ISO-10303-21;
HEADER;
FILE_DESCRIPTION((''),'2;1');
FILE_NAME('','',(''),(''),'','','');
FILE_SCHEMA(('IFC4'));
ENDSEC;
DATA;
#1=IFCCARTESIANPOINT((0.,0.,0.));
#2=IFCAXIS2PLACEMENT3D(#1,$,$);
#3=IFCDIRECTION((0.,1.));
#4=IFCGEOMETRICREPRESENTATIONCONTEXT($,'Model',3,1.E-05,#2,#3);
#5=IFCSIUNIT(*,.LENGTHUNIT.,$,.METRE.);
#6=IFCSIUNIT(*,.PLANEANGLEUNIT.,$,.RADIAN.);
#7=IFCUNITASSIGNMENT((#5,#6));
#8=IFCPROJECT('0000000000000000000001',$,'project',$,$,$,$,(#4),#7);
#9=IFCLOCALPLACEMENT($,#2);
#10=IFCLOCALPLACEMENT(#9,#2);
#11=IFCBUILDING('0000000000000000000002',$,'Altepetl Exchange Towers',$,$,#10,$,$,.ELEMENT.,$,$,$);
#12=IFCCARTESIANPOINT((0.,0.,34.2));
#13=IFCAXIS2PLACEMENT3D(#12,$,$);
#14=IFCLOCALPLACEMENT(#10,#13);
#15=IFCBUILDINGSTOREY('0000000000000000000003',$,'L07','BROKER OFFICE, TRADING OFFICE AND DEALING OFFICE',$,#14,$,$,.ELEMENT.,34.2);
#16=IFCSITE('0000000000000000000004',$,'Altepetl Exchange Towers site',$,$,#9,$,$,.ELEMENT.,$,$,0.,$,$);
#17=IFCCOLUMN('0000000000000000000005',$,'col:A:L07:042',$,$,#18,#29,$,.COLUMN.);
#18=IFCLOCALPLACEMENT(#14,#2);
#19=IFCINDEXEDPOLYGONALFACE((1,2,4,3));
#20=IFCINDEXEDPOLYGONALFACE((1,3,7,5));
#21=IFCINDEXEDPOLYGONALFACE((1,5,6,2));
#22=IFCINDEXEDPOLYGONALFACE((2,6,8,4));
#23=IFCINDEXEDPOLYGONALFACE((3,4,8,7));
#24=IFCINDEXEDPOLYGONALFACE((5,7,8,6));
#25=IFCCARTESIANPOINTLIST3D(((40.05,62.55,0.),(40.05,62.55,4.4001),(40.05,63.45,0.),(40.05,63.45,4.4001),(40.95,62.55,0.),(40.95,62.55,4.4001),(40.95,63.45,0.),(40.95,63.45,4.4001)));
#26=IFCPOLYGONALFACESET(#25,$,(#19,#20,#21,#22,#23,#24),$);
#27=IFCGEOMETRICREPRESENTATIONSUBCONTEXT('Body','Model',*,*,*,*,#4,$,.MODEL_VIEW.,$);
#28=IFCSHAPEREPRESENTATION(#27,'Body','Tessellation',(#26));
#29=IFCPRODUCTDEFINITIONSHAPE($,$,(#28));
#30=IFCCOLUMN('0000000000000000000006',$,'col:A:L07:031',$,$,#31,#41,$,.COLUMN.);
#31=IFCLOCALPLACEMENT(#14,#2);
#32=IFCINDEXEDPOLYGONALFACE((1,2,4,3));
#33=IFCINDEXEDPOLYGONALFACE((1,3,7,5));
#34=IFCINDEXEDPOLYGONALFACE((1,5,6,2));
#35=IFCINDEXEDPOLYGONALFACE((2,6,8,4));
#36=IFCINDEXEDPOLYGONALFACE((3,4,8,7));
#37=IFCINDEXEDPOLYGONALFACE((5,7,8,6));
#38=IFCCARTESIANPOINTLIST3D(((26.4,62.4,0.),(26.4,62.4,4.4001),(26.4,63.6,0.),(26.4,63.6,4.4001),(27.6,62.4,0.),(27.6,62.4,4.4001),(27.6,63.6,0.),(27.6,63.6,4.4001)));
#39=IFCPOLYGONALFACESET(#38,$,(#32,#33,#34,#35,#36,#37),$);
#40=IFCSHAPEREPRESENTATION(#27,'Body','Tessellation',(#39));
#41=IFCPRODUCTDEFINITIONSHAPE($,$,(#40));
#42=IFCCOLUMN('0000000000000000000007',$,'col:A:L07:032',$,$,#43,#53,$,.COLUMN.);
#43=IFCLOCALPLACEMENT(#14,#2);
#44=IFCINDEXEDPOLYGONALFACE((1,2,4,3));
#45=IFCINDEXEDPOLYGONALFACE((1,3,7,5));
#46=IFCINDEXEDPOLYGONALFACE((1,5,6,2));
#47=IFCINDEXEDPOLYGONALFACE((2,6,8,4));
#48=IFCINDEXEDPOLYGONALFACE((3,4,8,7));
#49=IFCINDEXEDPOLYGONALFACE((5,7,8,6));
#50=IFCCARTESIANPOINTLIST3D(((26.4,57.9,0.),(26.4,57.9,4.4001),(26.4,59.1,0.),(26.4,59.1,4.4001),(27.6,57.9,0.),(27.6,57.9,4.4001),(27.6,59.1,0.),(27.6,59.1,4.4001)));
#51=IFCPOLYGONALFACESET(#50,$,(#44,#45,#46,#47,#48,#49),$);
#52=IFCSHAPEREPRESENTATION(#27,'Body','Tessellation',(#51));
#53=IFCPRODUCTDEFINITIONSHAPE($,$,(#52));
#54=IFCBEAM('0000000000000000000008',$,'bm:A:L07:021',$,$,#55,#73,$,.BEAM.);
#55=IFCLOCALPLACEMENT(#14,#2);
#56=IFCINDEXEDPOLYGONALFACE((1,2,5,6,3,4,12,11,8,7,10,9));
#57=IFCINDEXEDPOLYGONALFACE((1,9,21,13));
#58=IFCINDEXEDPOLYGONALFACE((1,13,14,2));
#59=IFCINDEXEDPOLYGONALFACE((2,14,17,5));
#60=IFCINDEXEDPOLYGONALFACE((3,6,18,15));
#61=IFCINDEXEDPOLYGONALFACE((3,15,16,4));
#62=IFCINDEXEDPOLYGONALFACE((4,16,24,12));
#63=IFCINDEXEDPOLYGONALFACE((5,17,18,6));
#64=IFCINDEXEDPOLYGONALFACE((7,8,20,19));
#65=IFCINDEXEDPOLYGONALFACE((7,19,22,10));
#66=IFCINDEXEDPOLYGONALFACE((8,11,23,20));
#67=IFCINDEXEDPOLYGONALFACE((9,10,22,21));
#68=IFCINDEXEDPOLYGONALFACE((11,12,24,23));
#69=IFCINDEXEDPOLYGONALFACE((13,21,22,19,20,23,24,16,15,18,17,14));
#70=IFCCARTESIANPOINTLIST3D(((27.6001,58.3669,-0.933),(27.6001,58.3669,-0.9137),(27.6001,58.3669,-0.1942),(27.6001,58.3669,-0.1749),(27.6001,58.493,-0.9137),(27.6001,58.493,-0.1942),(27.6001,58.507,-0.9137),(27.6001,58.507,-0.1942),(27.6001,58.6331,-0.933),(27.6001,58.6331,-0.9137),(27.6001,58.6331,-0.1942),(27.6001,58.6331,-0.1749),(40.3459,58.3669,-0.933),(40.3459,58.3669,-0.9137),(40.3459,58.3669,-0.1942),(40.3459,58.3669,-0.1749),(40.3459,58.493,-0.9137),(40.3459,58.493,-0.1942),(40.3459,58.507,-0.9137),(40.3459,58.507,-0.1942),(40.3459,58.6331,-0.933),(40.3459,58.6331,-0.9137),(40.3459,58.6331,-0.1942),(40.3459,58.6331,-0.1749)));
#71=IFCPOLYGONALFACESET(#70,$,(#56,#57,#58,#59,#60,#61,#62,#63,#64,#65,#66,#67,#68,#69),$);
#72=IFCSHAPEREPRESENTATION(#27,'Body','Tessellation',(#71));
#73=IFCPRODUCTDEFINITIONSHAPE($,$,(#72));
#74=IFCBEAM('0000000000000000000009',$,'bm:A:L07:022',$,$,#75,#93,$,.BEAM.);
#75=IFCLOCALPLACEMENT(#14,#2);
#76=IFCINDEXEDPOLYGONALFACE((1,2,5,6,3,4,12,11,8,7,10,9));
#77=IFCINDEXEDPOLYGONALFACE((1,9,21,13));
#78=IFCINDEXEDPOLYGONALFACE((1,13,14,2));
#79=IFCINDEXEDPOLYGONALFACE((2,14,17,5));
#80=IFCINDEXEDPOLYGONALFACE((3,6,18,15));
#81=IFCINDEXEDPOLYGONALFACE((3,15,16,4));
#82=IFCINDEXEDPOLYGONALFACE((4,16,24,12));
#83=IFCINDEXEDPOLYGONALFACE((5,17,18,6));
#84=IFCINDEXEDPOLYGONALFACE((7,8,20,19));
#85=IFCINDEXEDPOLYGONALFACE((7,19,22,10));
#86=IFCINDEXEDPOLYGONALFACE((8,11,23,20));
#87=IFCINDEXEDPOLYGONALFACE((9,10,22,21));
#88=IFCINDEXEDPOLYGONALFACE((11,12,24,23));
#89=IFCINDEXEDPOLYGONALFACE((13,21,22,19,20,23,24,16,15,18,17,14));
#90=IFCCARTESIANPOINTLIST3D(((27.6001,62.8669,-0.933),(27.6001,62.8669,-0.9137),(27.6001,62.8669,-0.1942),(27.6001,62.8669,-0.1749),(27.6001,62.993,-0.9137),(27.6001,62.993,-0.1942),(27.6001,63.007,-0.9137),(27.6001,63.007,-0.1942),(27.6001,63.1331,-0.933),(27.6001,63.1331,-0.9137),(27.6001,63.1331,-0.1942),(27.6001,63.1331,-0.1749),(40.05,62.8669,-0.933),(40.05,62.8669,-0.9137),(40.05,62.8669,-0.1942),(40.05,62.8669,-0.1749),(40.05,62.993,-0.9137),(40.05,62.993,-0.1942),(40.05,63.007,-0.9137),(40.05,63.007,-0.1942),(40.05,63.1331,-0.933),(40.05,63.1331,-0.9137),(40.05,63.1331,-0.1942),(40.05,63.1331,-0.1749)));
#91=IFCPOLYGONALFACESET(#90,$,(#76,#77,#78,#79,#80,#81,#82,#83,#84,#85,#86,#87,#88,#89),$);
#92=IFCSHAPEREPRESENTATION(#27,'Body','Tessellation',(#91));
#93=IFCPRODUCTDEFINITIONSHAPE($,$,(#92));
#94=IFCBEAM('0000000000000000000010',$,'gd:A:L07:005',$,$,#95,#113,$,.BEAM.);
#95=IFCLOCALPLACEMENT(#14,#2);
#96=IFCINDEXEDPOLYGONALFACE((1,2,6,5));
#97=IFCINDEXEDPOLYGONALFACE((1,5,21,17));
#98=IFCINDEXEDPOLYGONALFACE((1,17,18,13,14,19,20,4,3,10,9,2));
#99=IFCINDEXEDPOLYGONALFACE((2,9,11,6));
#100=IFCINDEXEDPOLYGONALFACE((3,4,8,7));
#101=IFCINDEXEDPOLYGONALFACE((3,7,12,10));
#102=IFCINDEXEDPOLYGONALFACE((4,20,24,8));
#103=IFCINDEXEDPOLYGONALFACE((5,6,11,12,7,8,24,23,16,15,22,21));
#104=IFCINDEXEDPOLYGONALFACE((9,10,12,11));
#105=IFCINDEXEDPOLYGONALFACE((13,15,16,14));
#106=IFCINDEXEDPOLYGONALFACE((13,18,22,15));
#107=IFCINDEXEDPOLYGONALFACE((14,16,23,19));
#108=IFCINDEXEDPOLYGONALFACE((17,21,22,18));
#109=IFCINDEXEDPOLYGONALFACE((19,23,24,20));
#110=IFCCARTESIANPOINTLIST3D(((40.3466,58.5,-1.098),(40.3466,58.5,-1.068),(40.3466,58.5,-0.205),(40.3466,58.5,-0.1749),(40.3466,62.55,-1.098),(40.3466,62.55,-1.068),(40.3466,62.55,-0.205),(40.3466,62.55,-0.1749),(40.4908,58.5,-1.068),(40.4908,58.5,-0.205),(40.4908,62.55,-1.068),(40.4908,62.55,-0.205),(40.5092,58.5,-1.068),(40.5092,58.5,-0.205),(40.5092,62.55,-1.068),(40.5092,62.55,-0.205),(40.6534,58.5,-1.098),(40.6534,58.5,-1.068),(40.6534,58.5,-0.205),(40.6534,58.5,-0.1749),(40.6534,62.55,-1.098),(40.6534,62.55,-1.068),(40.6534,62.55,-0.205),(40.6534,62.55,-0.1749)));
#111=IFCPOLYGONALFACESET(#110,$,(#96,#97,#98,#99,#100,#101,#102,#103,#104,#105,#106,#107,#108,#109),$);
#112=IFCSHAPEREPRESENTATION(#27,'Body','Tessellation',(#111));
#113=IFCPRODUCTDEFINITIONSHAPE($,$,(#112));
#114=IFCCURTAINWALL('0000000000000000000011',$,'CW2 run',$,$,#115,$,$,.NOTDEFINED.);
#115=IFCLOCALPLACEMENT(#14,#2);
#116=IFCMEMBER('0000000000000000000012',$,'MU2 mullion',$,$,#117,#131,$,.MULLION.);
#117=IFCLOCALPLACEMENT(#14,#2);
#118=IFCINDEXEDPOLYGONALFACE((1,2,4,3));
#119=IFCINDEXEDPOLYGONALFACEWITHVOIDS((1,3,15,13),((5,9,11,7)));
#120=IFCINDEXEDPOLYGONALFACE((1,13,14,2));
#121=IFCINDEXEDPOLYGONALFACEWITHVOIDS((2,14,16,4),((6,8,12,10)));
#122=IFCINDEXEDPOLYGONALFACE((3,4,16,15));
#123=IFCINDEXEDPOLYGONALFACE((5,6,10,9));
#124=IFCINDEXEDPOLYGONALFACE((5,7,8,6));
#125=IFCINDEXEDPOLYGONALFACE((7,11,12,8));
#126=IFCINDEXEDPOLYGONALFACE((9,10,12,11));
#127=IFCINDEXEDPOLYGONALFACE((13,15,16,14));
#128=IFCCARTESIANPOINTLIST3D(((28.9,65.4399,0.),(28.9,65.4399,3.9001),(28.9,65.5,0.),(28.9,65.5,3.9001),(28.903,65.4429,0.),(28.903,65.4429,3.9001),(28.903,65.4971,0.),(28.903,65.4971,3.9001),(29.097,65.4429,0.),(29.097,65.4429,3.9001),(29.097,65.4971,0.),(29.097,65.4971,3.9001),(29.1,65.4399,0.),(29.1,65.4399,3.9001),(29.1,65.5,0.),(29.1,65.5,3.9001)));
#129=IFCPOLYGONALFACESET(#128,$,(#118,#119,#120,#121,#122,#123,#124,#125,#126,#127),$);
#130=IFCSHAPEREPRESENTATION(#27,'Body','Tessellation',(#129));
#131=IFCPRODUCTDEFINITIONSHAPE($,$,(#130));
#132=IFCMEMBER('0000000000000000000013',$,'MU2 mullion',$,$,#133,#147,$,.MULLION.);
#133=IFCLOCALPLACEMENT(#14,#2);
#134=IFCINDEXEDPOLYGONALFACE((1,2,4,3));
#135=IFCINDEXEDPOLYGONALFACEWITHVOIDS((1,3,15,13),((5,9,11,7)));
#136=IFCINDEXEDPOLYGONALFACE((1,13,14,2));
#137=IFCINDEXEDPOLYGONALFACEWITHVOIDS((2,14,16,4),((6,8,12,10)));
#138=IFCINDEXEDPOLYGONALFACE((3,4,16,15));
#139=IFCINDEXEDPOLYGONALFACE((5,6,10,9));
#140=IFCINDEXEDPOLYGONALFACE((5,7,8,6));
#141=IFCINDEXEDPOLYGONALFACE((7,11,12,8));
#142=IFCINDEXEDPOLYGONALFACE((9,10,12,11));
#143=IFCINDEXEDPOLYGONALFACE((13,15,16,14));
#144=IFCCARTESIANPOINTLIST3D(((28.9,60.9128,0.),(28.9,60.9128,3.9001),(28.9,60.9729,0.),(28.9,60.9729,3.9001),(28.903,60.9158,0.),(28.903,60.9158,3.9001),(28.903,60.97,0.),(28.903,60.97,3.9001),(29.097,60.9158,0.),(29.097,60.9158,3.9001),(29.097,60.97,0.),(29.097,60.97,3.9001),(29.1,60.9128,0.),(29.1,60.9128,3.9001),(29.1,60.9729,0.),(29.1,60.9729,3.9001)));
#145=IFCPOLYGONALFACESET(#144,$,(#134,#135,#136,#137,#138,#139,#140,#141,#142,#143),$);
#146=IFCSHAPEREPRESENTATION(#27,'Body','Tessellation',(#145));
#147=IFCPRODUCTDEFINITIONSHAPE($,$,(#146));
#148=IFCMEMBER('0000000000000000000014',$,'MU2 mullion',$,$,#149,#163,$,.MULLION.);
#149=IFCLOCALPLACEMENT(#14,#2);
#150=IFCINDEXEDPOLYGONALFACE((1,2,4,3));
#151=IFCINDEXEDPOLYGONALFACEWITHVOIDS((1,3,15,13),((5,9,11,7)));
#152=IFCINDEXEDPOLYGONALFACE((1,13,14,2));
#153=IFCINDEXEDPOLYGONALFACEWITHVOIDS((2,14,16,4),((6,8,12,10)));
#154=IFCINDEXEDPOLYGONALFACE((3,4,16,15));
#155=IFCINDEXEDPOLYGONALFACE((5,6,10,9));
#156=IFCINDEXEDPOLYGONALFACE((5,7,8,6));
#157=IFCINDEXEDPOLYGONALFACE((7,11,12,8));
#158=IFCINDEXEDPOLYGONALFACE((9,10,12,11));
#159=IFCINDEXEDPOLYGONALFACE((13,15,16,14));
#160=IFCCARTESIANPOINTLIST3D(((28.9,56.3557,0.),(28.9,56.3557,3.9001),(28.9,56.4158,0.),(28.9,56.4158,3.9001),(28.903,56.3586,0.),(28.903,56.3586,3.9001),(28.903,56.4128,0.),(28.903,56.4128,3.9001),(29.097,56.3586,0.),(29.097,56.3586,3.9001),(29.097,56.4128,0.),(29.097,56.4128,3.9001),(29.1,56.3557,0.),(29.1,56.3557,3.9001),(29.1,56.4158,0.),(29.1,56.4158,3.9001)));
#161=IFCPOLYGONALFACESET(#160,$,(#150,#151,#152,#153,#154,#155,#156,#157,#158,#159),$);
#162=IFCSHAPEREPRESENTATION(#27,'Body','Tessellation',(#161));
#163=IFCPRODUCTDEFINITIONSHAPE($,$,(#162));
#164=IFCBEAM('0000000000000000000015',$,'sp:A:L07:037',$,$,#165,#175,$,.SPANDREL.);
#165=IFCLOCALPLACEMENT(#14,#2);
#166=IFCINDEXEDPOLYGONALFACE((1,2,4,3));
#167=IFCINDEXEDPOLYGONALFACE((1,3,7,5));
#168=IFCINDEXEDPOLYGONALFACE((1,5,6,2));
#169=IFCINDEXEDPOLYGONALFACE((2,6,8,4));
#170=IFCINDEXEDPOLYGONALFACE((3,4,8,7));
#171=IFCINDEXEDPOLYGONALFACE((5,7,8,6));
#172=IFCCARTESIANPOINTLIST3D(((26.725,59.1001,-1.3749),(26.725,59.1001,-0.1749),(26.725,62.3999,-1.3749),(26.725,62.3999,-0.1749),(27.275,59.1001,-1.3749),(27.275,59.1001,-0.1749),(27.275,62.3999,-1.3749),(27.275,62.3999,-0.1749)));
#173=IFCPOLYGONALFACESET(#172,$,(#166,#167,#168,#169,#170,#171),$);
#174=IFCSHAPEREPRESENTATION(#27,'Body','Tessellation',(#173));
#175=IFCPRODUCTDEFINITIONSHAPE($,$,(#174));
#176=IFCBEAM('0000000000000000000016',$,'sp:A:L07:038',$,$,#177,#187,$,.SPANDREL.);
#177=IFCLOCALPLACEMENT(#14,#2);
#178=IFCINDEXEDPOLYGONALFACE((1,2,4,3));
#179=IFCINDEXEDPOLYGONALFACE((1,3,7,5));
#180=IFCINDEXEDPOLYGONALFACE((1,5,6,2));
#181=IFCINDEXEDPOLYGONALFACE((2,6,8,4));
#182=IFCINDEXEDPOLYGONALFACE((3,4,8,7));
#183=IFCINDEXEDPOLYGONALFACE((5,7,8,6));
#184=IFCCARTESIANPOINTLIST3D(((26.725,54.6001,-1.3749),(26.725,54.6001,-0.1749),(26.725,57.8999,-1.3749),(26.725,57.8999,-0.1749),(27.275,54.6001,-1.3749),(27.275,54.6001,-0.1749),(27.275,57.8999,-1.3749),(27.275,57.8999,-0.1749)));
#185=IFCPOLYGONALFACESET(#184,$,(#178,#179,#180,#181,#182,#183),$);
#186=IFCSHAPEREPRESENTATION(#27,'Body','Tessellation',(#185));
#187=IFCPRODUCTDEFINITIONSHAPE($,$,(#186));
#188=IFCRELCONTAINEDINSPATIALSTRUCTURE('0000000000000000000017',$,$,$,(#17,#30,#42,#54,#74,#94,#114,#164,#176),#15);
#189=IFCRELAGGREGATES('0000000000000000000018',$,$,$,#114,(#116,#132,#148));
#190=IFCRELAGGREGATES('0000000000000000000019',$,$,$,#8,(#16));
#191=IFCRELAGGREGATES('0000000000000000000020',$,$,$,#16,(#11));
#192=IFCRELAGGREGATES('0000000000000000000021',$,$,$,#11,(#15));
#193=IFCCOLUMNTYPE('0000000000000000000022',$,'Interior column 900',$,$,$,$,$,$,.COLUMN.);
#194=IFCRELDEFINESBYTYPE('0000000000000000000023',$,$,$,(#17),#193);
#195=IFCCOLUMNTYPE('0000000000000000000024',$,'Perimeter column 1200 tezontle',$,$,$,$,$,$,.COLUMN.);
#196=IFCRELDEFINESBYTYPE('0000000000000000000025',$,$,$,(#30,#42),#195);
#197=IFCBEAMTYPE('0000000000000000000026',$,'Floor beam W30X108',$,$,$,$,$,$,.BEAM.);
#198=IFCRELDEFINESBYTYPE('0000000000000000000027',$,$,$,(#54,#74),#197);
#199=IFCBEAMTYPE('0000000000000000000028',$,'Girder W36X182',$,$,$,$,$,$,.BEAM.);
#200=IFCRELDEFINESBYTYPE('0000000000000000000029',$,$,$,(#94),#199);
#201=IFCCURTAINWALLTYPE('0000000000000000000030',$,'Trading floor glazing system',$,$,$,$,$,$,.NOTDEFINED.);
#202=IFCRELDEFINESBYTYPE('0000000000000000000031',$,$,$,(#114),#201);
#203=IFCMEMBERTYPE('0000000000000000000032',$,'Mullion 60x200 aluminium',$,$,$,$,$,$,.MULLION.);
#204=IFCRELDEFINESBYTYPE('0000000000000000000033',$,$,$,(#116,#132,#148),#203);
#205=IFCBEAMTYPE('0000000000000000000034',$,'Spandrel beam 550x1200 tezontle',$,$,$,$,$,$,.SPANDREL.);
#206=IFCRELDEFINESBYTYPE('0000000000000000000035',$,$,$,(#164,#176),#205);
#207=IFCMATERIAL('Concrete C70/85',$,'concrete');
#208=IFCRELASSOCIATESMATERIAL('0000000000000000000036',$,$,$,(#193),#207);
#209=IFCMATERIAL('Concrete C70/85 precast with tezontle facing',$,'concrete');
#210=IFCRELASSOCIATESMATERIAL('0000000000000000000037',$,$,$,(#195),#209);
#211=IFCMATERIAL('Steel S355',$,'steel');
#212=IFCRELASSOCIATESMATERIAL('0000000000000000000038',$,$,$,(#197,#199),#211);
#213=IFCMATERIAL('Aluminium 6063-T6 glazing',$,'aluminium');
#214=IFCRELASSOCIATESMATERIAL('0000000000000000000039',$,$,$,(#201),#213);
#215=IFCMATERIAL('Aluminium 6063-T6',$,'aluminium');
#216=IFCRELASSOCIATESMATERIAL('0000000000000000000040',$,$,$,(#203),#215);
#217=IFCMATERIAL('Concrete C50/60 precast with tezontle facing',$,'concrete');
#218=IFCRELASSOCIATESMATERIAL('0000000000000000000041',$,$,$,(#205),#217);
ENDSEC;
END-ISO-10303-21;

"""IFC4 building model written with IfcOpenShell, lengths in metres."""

from ifc_helpers import new_model, si_unit, direction, frame, origin, origin_2d, place, context, subcontext, project, spatial, rectangle, hollow_rectangle, i_section, extrude, material, material_profile, profile_set, type_object, element, aggregate, save


model = new_model("IFC4")

# Units and contexts
model_context = context("Model", 3, precision=1e-05, world=origin(), true_north=direction((0.0, 1.0)))
body_context = subcontext(model_context, "Body", "Model", "MODEL_VIEW")
ifc_project = project(units=[si_unit("LENGTHUNIT", "METRE"), si_unit("PLANEANGLEUNIT", "RADIAN")], contexts=[model_context])

# Site, building, storey
site_placement = place(None, origin())
site = spatial("IfcSite", under=ifc_project, at=site_placement, Name="Altepetl Exchange Towers site", CompositionType="ELEMENT", RefElevation=0.0)
building_placement = place(site_placement, origin())
building = spatial("IfcBuilding", under=site, at=building_placement, Name="Altepetl Exchange Towers", CompositionType="ELEMENT")
storey_placement = place(building_placement, frame((0.0, 0.0, 34.2)))
storey = spatial("IfcBuildingStorey", under=building, at=storey_placement, Name="L07", Description="BROKER OFFICE, TRADING OFFICE AND DEALING OFFICE", CompositionType="ELEMENT", Elevation=34.2)

# Columns
ifc_material_1 = material(Name="Concrete C70/85", Category="concrete")
ifc_material_profile_1 = material_profile(ifc_material_1, rectangle(XDim=0.8999, YDim=0.8999, at=origin_2d()), Name="900 x 900")
ifc_profile_set_1 = profile_set([ifc_material_profile_1], Name="Concrete C70/85")
column_type_1 = type_object("IfcColumnType", Name="Interior column 900", PredefinedType="COLUMN", material=ifc_profile_set_1)
column_placement = place(storey_placement, frame((40.5, 63.0, 0.0)))
element("IfcColumn", 1, at=column_placement, inside=storey, type_object=column_type_1, Name="col:A:L07:042", PredefinedType="COLUMN", context=body_context, shape_type="SweptSolid", body=[
    extrude(rectangle(XDim=0.8999, YDim=0.8999, at=origin_2d()), origin(), (0.0, 0.0, 1.0), 4.4001),
])
ifc_material_2 = material(Name="Concrete C70/85 precast with tezontle facing", Category="concrete")
ifc_material_profile_2 = material_profile(ifc_material_2, rectangle(XDim=1.2, YDim=1.2, at=origin_2d()), Name="1200 x 1200")
ifc_profile_set_2 = profile_set([ifc_material_profile_2], Name="Concrete C70/85 precast with tezontle facing")
column_type_2 = type_object("IfcColumnType", Name="Perimeter column 1200 tezontle", PredefinedType="COLUMN", material=ifc_profile_set_2)
for number, where, name in (
    (2, (27.0, 63.0, 0.0), "col:A:L07:031"),
    (3, (27.0, 58.5, 0.0), "col:A:L07:032"),
):
    element("IfcColumn", number, at=place(storey_placement, frame(where)), inside=storey, type_object=column_type_2, Name=name, PredefinedType="COLUMN", context=body_context, shape_type="SweptSolid", body=[
        extrude(rectangle(XDim=1.2, YDim=1.2, at=origin_2d()), origin(), (0.0, 0.0, 1.0), 4.4001),
    ])

# Beams
ifc_material_3 = material(Name="Steel S355", Category="steel")
ifc_material_profile_3 = material_profile(ifc_material_3, i_section(OverallWidth=0.2661, OverallDepth=0.7581, WebThickness=0.0139, FlangeThickness=0.0193, at=origin_2d()), Name="W30X108")
ifc_profile_set_3 = profile_set([ifc_material_profile_3], Name="Steel S355")
beam_type_1 = type_object("IfcBeamType", Name="Floor beam W30X108", PredefinedType="BEAM", material=ifc_profile_set_3)
beam_1_placement = place(storey_placement, frame((27.6001, 58.5, -0.554), z_axis=(1.0, 0.0, 0.0), x_axis=(0.0, 1.0, 0.0)))
element("IfcBeam", 4, at=beam_1_placement, inside=storey, type_object=beam_type_1, Name="bm:A:L07:021", PredefinedType="BEAM", context=body_context, shape_type="SweptSolid", body=[
    extrude(i_section(OverallWidth=0.2661, OverallDepth=0.7581, WebThickness=0.0139, FlangeThickness=0.0193, at=origin_2d()), origin(), (0.0, 0.0, 1.0), 12.7458),
])
beam_2_placement = place(storey_placement, frame((27.6001, 63.0, -0.554), z_axis=(1.0, 0.0, 0.0), x_axis=(0.0, 1.0, 0.0)))
element("IfcBeam", 5, at=beam_2_placement, inside=storey, type_object=beam_type_1, Name="bm:A:L07:022", PredefinedType="BEAM", context=body_context, shape_type="SweptSolid", body=[
    extrude(i_section(OverallWidth=0.2661, OverallDepth=0.7581, WebThickness=0.0139, FlangeThickness=0.0193, at=origin_2d()), origin(), (0.0, 0.0, 1.0), 12.45),
])
ifc_material_profile_4 = material_profile(ifc_material_3, i_section(OverallWidth=0.3069, OverallDepth=0.9231, WebThickness=0.0183, FlangeThickness=0.03, at=origin_2d()), Name="W36X182")
ifc_profile_set_4 = profile_set([ifc_material_profile_4], Name="Steel S355")
beam_type_2 = type_object("IfcBeamType", Name="Girder W36X182", PredefinedType="BEAM", material=ifc_profile_set_4)
beam_3_placement = place(storey_placement, frame((40.5, 62.55, -0.6365), z_axis=(0.0, -1.0, 0.0), x_axis=(1.0, 0.0, 0.0)))
element("IfcBeam", 6, at=beam_3_placement, inside=storey, type_object=beam_type_2, Name="gd:A:L07:005", PredefinedType="BEAM", context=body_context, shape_type="SweptSolid", body=[
    extrude(i_section(OverallWidth=0.3069, OverallDepth=0.9231, WebThickness=0.0183, FlangeThickness=0.03, at=origin_2d()), origin(), (0.0, 0.0, 1.0), 4.05),
])

# Curtain wall, members
ifc_material_4 = material(Name="Aluminium 6063-T6 glazing", Category="aluminium")
curtain_wall_type = type_object("IfcCurtainWallType", Name="Trading floor glazing system", PredefinedType="NOTDEFINED", material=ifc_material_4)
curtain_wall_placement = place(storey_placement, origin())
curtain_wall = element("IfcCurtainWall", 7, at=curtain_wall_placement, inside=storey, type_object=curtain_wall_type, Name="CW2 run", PredefinedType="NOTDEFINED")
ifc_material_5 = material(Name="Aluminium 6063-T6", Category="aluminium")
ifc_material_profile_5 = material_profile(ifc_material_5, hollow_rectangle(XDim=0.0601, YDim=0.2, WallThickness=0.0029, at=origin_2d()), Name="Mullion 60x200 aluminium")
ifc_profile_set_5 = profile_set([ifc_material_profile_5], Name="Aluminium 6063-T6")
member_type = type_object("IfcMemberType", Name="Mullion 60x200 aluminium", PredefinedType="MULLION", material=ifc_profile_set_5)
member_1_placement = place(storey_placement, frame((29.0, 65.47, 0.0), z_axis=(0.0, 0.0, 1.0), x_axis=(0.0, -1.0, 0.0)))
member_1 = element("IfcMember", 8, at=member_1_placement, type_object=member_type, Name="MU2 mullion", PredefinedType="MULLION", context=body_context, shape_type="SweptSolid", body=[
    extrude(hollow_rectangle(XDim=0.0601, YDim=0.2, WallThickness=0.0029, at=origin_2d()), origin(), (0.0, 0.0, 1.0), 3.9001),
])
member_2_placement = place(storey_placement, frame((29.0, 60.9429, 0.0), z_axis=(0.0, 0.0, 1.0), x_axis=(0.0, -1.0, 0.0)))
member_2 = element("IfcMember", 9, at=member_2_placement, type_object=member_type, Name="MU2 mullion", PredefinedType="MULLION", context=body_context, shape_type="SweptSolid", body=[
    extrude(hollow_rectangle(XDim=0.0601, YDim=0.2, WallThickness=0.0029, at=origin_2d()), origin(), (0.0, 0.0, 1.0), 3.9001),
])
member_3_placement = place(storey_placement, frame((29.0, 56.3857, 0.0), z_axis=(0.0, 0.0, 1.0), x_axis=(0.0, -1.0, 0.0)))
member_3 = element("IfcMember", 10, at=member_3_placement, type_object=member_type, Name="MU2 mullion", PredefinedType="MULLION", context=body_context, shape_type="SweptSolid", body=[
    extrude(hollow_rectangle(XDim=0.0601, YDim=0.2, WallThickness=0.0029, at=origin_2d()), origin(), (0.0, 0.0, 1.0), 3.9001),
])

# Beams
ifc_material_6 = material(Name="Concrete C50/60 precast with tezontle facing", Category="concrete")
ifc_material_profile_6 = material_profile(ifc_material_6, rectangle(XDim=0.55, YDim=1.2, at=origin_2d()), Name="550 x 1200")
ifc_profile_set_6 = profile_set([ifc_material_profile_6], Name="Concrete C50/60 precast with tezontle facing")
beam_type_3 = type_object("IfcBeamType", Name="Spandrel beam 550x1200 tezontle", PredefinedType="SPANDREL", material=ifc_profile_set_6)
for number, where, z_axis, x_axis, name in (
    (11, (27.0, 62.3999, -0.7749), (0.0, -1.0, 0.0), (1.0, 0.0, 0.0), "sp:A:L07:037"),
    (12, (27.0, 57.8999, -0.7749), (0.0, -1.0, 0.0), (1.0, 0.0, 0.0), "sp:A:L07:038"),
):
    element("IfcBeam", number, at=place(storey_placement, frame(where, z_axis=z_axis, x_axis=x_axis)), inside=storey, type_object=beam_type_3, Name=name, PredefinedType="SPANDREL", context=body_context, shape_type="SweptSolid", body=[
        extrude(rectangle(XDim=0.55, YDim=1.2, at=origin_2d()), origin(), (0.0, 0.0, 1.0), 3.2998),
    ])

aggregate(curtain_wall, [member_1, member_2, member_3])

save(model, "model.ifc")
